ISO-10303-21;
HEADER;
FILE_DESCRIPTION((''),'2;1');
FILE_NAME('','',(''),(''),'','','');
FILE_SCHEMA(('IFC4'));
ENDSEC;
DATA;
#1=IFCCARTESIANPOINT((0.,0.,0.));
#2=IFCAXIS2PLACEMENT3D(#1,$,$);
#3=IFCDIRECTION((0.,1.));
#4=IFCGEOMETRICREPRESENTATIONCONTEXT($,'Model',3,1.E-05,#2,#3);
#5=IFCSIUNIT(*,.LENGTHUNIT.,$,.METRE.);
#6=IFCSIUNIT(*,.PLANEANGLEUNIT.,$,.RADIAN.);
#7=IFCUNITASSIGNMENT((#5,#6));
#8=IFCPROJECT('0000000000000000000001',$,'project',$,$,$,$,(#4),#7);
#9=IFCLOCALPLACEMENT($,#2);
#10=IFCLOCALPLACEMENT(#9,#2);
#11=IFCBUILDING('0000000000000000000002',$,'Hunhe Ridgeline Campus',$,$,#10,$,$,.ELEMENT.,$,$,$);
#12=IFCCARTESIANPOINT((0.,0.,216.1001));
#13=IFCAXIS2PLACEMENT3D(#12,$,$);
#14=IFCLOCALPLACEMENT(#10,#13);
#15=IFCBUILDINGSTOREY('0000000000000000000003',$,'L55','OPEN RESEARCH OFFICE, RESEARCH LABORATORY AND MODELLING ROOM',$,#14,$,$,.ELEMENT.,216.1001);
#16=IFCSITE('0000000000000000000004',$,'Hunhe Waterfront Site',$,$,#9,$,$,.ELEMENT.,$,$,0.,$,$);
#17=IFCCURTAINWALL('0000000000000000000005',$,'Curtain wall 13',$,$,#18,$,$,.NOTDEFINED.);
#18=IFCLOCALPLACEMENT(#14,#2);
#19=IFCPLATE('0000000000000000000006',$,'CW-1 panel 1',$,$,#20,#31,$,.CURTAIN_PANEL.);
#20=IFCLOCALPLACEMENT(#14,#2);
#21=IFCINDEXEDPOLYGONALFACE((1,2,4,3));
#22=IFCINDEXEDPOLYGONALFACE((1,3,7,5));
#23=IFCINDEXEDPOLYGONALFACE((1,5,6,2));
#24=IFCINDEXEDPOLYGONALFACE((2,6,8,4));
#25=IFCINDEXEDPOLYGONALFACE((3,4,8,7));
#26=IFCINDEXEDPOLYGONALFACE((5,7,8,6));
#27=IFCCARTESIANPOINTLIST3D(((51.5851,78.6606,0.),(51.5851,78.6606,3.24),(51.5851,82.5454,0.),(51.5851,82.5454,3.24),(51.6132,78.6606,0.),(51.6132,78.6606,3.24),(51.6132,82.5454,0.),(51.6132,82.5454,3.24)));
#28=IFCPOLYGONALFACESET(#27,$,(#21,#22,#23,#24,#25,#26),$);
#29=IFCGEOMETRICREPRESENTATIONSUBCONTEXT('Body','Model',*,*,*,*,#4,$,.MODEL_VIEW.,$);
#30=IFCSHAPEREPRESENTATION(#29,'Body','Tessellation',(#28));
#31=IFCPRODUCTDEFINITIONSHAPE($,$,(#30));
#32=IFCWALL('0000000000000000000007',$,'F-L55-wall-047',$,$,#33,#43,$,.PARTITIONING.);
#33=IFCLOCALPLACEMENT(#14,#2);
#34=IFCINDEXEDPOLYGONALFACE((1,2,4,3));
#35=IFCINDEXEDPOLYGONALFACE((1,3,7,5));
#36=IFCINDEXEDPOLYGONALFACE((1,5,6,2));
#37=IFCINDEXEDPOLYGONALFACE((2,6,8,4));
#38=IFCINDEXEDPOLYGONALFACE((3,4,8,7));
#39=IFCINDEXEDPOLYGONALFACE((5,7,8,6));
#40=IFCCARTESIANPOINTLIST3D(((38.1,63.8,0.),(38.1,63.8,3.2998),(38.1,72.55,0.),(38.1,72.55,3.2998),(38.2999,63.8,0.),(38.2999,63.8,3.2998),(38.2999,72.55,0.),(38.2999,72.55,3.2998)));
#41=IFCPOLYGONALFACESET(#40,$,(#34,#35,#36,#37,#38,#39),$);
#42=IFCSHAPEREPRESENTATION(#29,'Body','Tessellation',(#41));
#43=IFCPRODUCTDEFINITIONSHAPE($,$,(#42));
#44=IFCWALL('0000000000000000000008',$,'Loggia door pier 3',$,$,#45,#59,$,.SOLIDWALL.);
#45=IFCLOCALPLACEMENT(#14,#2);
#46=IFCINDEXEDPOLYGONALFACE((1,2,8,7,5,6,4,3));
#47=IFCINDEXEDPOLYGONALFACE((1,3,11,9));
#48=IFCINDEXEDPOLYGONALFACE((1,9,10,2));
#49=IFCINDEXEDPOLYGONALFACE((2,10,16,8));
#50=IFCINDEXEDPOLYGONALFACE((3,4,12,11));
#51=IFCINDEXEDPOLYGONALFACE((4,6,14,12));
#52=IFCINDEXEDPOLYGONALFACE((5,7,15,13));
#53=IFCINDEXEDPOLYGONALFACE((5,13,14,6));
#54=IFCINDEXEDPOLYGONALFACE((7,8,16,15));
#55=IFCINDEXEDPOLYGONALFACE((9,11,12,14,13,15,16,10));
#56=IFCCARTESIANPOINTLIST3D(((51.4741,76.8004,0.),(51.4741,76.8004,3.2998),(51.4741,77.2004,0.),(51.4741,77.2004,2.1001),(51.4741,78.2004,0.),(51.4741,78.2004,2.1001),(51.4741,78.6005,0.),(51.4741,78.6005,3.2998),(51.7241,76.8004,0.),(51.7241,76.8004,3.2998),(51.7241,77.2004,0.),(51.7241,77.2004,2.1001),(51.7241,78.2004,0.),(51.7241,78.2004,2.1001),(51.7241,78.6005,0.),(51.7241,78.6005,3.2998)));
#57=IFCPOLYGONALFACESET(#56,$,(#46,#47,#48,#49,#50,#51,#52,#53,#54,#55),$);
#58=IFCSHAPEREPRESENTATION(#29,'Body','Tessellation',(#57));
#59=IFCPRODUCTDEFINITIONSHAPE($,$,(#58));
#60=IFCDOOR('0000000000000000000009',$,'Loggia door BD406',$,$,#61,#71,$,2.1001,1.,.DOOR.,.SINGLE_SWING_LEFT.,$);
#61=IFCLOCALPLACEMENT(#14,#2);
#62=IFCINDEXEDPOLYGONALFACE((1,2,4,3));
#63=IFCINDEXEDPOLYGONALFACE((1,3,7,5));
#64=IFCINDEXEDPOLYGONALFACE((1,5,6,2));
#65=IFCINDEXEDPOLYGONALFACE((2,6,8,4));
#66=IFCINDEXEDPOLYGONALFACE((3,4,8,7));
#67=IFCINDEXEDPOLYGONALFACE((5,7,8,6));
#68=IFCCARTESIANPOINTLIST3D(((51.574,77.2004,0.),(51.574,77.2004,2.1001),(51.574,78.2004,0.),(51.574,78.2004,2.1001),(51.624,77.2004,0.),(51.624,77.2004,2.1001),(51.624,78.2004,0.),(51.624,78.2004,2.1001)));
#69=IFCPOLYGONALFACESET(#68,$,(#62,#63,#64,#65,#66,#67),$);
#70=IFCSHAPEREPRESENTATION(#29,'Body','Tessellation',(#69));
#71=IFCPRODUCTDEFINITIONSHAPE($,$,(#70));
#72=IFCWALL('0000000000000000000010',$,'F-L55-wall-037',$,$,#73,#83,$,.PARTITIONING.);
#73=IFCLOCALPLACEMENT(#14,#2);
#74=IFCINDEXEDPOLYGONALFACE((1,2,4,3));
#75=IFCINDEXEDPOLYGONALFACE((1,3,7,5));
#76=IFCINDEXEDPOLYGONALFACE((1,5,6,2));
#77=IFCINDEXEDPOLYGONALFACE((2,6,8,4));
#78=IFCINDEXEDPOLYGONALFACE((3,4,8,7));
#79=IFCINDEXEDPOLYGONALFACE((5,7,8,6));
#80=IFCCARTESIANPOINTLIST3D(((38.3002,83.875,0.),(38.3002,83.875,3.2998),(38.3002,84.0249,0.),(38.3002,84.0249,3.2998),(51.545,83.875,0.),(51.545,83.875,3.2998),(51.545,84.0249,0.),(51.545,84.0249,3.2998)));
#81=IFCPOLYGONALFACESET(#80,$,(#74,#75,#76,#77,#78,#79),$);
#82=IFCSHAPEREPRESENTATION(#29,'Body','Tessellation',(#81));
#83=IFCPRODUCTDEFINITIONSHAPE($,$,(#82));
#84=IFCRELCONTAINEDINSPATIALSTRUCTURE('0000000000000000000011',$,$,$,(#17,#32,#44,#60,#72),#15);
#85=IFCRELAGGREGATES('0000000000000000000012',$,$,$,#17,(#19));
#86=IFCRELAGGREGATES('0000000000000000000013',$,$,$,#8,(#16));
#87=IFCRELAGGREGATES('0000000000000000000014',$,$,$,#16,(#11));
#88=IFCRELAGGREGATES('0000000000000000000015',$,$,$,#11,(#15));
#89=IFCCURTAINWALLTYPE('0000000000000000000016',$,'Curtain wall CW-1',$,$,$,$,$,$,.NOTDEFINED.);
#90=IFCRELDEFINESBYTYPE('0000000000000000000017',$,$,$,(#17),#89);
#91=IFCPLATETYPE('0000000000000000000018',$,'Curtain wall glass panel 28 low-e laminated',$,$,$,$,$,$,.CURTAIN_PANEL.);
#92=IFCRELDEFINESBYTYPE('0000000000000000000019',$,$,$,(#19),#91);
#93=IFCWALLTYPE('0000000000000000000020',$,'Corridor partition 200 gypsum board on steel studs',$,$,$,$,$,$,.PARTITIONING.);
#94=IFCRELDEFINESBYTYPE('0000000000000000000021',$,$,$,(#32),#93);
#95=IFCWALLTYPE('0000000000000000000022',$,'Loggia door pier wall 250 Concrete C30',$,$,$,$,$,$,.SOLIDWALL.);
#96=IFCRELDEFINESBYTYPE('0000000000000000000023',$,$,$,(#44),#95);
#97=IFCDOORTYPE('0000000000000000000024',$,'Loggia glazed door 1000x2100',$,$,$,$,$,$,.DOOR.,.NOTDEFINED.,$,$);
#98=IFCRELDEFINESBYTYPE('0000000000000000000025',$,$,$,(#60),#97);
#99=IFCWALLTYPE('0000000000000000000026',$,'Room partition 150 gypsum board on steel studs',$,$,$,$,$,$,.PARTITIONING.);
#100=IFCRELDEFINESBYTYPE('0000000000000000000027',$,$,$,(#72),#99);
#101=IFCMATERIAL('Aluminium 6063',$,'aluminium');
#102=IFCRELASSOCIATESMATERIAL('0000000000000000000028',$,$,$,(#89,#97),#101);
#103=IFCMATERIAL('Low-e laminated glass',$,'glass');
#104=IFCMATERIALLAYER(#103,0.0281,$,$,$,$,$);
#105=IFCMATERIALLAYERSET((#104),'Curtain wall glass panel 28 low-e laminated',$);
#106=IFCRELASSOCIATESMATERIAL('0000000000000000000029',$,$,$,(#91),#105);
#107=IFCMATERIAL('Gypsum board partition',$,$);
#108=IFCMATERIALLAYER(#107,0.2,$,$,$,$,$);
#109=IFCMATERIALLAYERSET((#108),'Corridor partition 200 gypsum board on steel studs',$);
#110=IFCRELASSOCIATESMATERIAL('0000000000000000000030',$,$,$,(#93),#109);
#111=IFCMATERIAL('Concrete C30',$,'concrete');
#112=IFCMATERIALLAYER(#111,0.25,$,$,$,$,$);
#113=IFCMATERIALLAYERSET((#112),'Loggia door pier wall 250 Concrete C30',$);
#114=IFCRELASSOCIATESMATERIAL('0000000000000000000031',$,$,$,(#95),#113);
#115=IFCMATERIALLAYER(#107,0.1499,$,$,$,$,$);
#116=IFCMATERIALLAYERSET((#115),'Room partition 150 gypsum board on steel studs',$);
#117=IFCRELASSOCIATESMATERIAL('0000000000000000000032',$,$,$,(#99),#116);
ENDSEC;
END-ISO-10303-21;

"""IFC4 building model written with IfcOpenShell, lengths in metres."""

from ifc_helpers import new_model, si_unit, direction, frame, frame_2d, origin, origin_2d, place, context, subcontext, project, spatial, rectangle, extrude, material, layer, layer_set, type_object, element, fill, aggregate, save


model = new_model("IFC4")

# Units and contexts
model_context = context("Model", 3, precision=1e-05, world=origin(), true_north=direction((0.0, 1.0)))
body_context = subcontext(model_context, "Body", "Model", "MODEL_VIEW")
ifc_project = project(units=[si_unit("LENGTHUNIT", "METRE"), si_unit("PLANEANGLEUNIT", "RADIAN")], contexts=[model_context])

# Site, building, storey
site_placement = place(None, origin())
site = spatial("IfcSite", under=ifc_project, at=site_placement, Name="Hunhe Waterfront Site", CompositionType="ELEMENT", RefElevation=0.0)
building_placement = place(site_placement, origin())
building = spatial("IfcBuilding", under=site, at=building_placement, Name="Hunhe Ridgeline Campus", CompositionType="ELEMENT")
storey_placement = place(building_placement, frame((0.0, 0.0, 216.1001)))
storey = spatial("IfcBuildingStorey", under=building, at=storey_placement, Name="L55", Description="OPEN RESEARCH OFFICE, RESEARCH LABORATORY AND MODELLING ROOM", CompositionType="ELEMENT", Elevation=216.1001)

# Curtain wall
ifc_material_1 = material(Name="Aluminium 6063", Category="aluminium")
curtain_wall_type = type_object("IfcCurtainWallType", Name="Curtain wall CW-1", PredefinedType="NOTDEFINED", material=ifc_material_1)
curtain_wall_1_placement = place(storey_placement, origin())
curtain_wall_1 = element("IfcCurtainWall", 1, at=curtain_wall_1_placement, inside=storey, type_object=curtain_wall_type, Name="Curtain wall 13", PredefinedType="NOTDEFINED")

# Plate
ifc_material_2 = material(Name="Low-e laminated glass", Category="glass")
ifc_layer_1 = layer(ifc_material_2, 0.0281)
ifc_layer_set_1 = layer_set([ifc_layer_1], Name="Curtain wall glass panel 28 low-e laminated")
plate_type = type_object("IfcPlateType", Name="Curtain wall glass panel 28 low-e laminated", PredefinedType="CURTAIN_PANEL", material=ifc_layer_set_1)
plate_1_placement = place(storey_placement, frame((51.5991, 80.603, 0.0), z_axis=(0.0, 0.0, 1.0), x_axis=(0.0, 1.0, 0.0)))
plate_1 = element("IfcPlate", 2, at=plate_1_placement, type_object=plate_type, Name="CW-1 panel 1", PredefinedType="CURTAIN_PANEL", context=body_context, shape_type="SweptSolid", body=[
    extrude(rectangle(XDim=3.8848, YDim=0.0281, at=origin_2d()), origin(), (0.0, 0.0, 1.0), 3.24),
])
aggregate(curtain_wall_1, [plate_1])

# Shared definitions
ifc_material_3 = material(Name="Gypsum board partition")
ifc_layer_2 = layer(ifc_material_3, 0.2)
ifc_layer_set_2 = layer_set([ifc_layer_2], Name="Corridor partition 200 gypsum board on steel studs")
wall_type_1 = type_object("IfcWallType", Name="Corridor partition 200 gypsum board on steel studs", PredefinedType="PARTITIONING", material=ifc_layer_set_2)

# Wall
wall_1_placement = place(storey_placement, frame((38.2, 72.55, 0.0), z_axis=(0.0, 0.0, 1.0), x_axis=(0.0, -1.0, 0.0)))
element("IfcWall", 3, at=wall_1_placement, inside=storey, type_object=wall_type_1, Name="F-L55-wall-047", PredefinedType="PARTITIONING", context=body_context, shape_type="SweptSolid", body=[
    extrude(rectangle(XDim=8.75, YDim=0.2, at=frame_2d((4.375, 0.0))), origin(), (0.0, 0.0, 1.0), 3.2998),
])

# Wall, opening, door
ifc_material_4 = material(Name="Concrete C30", Category="concrete")
ifc_layer_3 = layer(ifc_material_4, 0.25)
ifc_layer_set_3 = layer_set([ifc_layer_3], Name="Loggia door pier wall 250 Concrete C30")
wall_type_2 = type_object("IfcWallType", Name="Loggia door pier wall 250 Concrete C30", PredefinedType="SOLIDWALL", material=ifc_layer_set_3)
wall_2_placement = place(storey_placement, frame((51.5991, 76.8005, 0.0), z_axis=(0.0, 0.0, 1.0), x_axis=(0.0, 1.0, 0.0)))
wall_2 = element("IfcWall", 4, at=wall_2_placement, inside=storey, type_object=wall_type_2, Name="Loggia door pier 3", PredefinedType="SOLIDWALL", context=body_context, shape_type="SweptSolid", body=[
    extrude(rectangle(XDim=1.8, YDim=0.25, at=frame_2d((0.8999, 0.0))), origin(), (0.0, 0.0, 1.0), 3.2998),
])
opening_1_placement = place(wall_2_placement, frame((0.3999, 0.0, 0.0)))
opening_1 = element("IfcOpeningElement", 5, at=opening_1_placement, cuts=wall_2, PredefinedType="OPENING", context=body_context, shape_type="SweptSolid", body=[
    extrude(rectangle(XDim=1.0, YDim=2.1001, at=frame_2d((0.5, 1.05))), frame((0.0, 0.125, 0.0), z_axis=(0.0, -1.0, 0.0), x_axis=(1.0, 0.0, 0.0)), (0.0, 0.0, 1.0), 0.25),
])
door_type_1 = type_object("IfcDoorType", Name="Loggia glazed door 1000x2100", OperationType="NOTDEFINED", PredefinedType="DOOR", material=ifc_material_1)
door_1_placement = place(opening_1_placement, frame((1.0, 0.0, 0.0), z_axis=(0.0, 0.0, 1.0), x_axis=(-1.0, 0.0, 0.0)))
door_1 = element("IfcDoor", 6, at=door_1_placement, inside=storey, type_object=door_type_1, Name="Loggia door BD406", OperationType="SINGLE_SWING_LEFT", OverallHeight=2.1001, OverallWidth=1.0, PredefinedType="DOOR", context=body_context, shape_type="SweptSolid", body=[
    extrude(rectangle(XDim=1.0, YDim=2.1001, at=frame_2d((0.5, 1.05))), frame((0.0, 0.0249, 0.0), z_axis=(0.0, -1.0, 0.0), x_axis=(1.0, 0.0, 0.0)), (0.0, 0.0, 1.0), 0.05),
])
fill(opening_1, door_1)

# Wall
ifc_layer_4 = layer(ifc_material_3, 0.1499)
ifc_layer_set_4 = layer_set([ifc_layer_4], Name="Room partition 150 gypsum board on steel studs")
wall_type_3 = type_object("IfcWallType", Name="Room partition 150 gypsum board on steel studs", PredefinedType="PARTITIONING", material=ifc_layer_set_4)
wall_3_placement = place(storey_placement, frame((38.3, 83.95, 0.0), z_axis=(0.0, 0.0, 1.0), x_axis=(1.0, 0.0, 0.0)))
element("IfcWall", 7, at=wall_3_placement, inside=storey, type_object=wall_type_3, Name="F-L55-wall-037", PredefinedType="PARTITIONING", context=body_context, shape_type="SweptSolid", body=[
    extrude(rectangle(XDim=13.2449, YDim=0.1499, at=frame_2d((6.6226, 0.0))), origin(), (0.0, 0.0, 1.0), 3.2998),
])

save(model, "model.ifc")
